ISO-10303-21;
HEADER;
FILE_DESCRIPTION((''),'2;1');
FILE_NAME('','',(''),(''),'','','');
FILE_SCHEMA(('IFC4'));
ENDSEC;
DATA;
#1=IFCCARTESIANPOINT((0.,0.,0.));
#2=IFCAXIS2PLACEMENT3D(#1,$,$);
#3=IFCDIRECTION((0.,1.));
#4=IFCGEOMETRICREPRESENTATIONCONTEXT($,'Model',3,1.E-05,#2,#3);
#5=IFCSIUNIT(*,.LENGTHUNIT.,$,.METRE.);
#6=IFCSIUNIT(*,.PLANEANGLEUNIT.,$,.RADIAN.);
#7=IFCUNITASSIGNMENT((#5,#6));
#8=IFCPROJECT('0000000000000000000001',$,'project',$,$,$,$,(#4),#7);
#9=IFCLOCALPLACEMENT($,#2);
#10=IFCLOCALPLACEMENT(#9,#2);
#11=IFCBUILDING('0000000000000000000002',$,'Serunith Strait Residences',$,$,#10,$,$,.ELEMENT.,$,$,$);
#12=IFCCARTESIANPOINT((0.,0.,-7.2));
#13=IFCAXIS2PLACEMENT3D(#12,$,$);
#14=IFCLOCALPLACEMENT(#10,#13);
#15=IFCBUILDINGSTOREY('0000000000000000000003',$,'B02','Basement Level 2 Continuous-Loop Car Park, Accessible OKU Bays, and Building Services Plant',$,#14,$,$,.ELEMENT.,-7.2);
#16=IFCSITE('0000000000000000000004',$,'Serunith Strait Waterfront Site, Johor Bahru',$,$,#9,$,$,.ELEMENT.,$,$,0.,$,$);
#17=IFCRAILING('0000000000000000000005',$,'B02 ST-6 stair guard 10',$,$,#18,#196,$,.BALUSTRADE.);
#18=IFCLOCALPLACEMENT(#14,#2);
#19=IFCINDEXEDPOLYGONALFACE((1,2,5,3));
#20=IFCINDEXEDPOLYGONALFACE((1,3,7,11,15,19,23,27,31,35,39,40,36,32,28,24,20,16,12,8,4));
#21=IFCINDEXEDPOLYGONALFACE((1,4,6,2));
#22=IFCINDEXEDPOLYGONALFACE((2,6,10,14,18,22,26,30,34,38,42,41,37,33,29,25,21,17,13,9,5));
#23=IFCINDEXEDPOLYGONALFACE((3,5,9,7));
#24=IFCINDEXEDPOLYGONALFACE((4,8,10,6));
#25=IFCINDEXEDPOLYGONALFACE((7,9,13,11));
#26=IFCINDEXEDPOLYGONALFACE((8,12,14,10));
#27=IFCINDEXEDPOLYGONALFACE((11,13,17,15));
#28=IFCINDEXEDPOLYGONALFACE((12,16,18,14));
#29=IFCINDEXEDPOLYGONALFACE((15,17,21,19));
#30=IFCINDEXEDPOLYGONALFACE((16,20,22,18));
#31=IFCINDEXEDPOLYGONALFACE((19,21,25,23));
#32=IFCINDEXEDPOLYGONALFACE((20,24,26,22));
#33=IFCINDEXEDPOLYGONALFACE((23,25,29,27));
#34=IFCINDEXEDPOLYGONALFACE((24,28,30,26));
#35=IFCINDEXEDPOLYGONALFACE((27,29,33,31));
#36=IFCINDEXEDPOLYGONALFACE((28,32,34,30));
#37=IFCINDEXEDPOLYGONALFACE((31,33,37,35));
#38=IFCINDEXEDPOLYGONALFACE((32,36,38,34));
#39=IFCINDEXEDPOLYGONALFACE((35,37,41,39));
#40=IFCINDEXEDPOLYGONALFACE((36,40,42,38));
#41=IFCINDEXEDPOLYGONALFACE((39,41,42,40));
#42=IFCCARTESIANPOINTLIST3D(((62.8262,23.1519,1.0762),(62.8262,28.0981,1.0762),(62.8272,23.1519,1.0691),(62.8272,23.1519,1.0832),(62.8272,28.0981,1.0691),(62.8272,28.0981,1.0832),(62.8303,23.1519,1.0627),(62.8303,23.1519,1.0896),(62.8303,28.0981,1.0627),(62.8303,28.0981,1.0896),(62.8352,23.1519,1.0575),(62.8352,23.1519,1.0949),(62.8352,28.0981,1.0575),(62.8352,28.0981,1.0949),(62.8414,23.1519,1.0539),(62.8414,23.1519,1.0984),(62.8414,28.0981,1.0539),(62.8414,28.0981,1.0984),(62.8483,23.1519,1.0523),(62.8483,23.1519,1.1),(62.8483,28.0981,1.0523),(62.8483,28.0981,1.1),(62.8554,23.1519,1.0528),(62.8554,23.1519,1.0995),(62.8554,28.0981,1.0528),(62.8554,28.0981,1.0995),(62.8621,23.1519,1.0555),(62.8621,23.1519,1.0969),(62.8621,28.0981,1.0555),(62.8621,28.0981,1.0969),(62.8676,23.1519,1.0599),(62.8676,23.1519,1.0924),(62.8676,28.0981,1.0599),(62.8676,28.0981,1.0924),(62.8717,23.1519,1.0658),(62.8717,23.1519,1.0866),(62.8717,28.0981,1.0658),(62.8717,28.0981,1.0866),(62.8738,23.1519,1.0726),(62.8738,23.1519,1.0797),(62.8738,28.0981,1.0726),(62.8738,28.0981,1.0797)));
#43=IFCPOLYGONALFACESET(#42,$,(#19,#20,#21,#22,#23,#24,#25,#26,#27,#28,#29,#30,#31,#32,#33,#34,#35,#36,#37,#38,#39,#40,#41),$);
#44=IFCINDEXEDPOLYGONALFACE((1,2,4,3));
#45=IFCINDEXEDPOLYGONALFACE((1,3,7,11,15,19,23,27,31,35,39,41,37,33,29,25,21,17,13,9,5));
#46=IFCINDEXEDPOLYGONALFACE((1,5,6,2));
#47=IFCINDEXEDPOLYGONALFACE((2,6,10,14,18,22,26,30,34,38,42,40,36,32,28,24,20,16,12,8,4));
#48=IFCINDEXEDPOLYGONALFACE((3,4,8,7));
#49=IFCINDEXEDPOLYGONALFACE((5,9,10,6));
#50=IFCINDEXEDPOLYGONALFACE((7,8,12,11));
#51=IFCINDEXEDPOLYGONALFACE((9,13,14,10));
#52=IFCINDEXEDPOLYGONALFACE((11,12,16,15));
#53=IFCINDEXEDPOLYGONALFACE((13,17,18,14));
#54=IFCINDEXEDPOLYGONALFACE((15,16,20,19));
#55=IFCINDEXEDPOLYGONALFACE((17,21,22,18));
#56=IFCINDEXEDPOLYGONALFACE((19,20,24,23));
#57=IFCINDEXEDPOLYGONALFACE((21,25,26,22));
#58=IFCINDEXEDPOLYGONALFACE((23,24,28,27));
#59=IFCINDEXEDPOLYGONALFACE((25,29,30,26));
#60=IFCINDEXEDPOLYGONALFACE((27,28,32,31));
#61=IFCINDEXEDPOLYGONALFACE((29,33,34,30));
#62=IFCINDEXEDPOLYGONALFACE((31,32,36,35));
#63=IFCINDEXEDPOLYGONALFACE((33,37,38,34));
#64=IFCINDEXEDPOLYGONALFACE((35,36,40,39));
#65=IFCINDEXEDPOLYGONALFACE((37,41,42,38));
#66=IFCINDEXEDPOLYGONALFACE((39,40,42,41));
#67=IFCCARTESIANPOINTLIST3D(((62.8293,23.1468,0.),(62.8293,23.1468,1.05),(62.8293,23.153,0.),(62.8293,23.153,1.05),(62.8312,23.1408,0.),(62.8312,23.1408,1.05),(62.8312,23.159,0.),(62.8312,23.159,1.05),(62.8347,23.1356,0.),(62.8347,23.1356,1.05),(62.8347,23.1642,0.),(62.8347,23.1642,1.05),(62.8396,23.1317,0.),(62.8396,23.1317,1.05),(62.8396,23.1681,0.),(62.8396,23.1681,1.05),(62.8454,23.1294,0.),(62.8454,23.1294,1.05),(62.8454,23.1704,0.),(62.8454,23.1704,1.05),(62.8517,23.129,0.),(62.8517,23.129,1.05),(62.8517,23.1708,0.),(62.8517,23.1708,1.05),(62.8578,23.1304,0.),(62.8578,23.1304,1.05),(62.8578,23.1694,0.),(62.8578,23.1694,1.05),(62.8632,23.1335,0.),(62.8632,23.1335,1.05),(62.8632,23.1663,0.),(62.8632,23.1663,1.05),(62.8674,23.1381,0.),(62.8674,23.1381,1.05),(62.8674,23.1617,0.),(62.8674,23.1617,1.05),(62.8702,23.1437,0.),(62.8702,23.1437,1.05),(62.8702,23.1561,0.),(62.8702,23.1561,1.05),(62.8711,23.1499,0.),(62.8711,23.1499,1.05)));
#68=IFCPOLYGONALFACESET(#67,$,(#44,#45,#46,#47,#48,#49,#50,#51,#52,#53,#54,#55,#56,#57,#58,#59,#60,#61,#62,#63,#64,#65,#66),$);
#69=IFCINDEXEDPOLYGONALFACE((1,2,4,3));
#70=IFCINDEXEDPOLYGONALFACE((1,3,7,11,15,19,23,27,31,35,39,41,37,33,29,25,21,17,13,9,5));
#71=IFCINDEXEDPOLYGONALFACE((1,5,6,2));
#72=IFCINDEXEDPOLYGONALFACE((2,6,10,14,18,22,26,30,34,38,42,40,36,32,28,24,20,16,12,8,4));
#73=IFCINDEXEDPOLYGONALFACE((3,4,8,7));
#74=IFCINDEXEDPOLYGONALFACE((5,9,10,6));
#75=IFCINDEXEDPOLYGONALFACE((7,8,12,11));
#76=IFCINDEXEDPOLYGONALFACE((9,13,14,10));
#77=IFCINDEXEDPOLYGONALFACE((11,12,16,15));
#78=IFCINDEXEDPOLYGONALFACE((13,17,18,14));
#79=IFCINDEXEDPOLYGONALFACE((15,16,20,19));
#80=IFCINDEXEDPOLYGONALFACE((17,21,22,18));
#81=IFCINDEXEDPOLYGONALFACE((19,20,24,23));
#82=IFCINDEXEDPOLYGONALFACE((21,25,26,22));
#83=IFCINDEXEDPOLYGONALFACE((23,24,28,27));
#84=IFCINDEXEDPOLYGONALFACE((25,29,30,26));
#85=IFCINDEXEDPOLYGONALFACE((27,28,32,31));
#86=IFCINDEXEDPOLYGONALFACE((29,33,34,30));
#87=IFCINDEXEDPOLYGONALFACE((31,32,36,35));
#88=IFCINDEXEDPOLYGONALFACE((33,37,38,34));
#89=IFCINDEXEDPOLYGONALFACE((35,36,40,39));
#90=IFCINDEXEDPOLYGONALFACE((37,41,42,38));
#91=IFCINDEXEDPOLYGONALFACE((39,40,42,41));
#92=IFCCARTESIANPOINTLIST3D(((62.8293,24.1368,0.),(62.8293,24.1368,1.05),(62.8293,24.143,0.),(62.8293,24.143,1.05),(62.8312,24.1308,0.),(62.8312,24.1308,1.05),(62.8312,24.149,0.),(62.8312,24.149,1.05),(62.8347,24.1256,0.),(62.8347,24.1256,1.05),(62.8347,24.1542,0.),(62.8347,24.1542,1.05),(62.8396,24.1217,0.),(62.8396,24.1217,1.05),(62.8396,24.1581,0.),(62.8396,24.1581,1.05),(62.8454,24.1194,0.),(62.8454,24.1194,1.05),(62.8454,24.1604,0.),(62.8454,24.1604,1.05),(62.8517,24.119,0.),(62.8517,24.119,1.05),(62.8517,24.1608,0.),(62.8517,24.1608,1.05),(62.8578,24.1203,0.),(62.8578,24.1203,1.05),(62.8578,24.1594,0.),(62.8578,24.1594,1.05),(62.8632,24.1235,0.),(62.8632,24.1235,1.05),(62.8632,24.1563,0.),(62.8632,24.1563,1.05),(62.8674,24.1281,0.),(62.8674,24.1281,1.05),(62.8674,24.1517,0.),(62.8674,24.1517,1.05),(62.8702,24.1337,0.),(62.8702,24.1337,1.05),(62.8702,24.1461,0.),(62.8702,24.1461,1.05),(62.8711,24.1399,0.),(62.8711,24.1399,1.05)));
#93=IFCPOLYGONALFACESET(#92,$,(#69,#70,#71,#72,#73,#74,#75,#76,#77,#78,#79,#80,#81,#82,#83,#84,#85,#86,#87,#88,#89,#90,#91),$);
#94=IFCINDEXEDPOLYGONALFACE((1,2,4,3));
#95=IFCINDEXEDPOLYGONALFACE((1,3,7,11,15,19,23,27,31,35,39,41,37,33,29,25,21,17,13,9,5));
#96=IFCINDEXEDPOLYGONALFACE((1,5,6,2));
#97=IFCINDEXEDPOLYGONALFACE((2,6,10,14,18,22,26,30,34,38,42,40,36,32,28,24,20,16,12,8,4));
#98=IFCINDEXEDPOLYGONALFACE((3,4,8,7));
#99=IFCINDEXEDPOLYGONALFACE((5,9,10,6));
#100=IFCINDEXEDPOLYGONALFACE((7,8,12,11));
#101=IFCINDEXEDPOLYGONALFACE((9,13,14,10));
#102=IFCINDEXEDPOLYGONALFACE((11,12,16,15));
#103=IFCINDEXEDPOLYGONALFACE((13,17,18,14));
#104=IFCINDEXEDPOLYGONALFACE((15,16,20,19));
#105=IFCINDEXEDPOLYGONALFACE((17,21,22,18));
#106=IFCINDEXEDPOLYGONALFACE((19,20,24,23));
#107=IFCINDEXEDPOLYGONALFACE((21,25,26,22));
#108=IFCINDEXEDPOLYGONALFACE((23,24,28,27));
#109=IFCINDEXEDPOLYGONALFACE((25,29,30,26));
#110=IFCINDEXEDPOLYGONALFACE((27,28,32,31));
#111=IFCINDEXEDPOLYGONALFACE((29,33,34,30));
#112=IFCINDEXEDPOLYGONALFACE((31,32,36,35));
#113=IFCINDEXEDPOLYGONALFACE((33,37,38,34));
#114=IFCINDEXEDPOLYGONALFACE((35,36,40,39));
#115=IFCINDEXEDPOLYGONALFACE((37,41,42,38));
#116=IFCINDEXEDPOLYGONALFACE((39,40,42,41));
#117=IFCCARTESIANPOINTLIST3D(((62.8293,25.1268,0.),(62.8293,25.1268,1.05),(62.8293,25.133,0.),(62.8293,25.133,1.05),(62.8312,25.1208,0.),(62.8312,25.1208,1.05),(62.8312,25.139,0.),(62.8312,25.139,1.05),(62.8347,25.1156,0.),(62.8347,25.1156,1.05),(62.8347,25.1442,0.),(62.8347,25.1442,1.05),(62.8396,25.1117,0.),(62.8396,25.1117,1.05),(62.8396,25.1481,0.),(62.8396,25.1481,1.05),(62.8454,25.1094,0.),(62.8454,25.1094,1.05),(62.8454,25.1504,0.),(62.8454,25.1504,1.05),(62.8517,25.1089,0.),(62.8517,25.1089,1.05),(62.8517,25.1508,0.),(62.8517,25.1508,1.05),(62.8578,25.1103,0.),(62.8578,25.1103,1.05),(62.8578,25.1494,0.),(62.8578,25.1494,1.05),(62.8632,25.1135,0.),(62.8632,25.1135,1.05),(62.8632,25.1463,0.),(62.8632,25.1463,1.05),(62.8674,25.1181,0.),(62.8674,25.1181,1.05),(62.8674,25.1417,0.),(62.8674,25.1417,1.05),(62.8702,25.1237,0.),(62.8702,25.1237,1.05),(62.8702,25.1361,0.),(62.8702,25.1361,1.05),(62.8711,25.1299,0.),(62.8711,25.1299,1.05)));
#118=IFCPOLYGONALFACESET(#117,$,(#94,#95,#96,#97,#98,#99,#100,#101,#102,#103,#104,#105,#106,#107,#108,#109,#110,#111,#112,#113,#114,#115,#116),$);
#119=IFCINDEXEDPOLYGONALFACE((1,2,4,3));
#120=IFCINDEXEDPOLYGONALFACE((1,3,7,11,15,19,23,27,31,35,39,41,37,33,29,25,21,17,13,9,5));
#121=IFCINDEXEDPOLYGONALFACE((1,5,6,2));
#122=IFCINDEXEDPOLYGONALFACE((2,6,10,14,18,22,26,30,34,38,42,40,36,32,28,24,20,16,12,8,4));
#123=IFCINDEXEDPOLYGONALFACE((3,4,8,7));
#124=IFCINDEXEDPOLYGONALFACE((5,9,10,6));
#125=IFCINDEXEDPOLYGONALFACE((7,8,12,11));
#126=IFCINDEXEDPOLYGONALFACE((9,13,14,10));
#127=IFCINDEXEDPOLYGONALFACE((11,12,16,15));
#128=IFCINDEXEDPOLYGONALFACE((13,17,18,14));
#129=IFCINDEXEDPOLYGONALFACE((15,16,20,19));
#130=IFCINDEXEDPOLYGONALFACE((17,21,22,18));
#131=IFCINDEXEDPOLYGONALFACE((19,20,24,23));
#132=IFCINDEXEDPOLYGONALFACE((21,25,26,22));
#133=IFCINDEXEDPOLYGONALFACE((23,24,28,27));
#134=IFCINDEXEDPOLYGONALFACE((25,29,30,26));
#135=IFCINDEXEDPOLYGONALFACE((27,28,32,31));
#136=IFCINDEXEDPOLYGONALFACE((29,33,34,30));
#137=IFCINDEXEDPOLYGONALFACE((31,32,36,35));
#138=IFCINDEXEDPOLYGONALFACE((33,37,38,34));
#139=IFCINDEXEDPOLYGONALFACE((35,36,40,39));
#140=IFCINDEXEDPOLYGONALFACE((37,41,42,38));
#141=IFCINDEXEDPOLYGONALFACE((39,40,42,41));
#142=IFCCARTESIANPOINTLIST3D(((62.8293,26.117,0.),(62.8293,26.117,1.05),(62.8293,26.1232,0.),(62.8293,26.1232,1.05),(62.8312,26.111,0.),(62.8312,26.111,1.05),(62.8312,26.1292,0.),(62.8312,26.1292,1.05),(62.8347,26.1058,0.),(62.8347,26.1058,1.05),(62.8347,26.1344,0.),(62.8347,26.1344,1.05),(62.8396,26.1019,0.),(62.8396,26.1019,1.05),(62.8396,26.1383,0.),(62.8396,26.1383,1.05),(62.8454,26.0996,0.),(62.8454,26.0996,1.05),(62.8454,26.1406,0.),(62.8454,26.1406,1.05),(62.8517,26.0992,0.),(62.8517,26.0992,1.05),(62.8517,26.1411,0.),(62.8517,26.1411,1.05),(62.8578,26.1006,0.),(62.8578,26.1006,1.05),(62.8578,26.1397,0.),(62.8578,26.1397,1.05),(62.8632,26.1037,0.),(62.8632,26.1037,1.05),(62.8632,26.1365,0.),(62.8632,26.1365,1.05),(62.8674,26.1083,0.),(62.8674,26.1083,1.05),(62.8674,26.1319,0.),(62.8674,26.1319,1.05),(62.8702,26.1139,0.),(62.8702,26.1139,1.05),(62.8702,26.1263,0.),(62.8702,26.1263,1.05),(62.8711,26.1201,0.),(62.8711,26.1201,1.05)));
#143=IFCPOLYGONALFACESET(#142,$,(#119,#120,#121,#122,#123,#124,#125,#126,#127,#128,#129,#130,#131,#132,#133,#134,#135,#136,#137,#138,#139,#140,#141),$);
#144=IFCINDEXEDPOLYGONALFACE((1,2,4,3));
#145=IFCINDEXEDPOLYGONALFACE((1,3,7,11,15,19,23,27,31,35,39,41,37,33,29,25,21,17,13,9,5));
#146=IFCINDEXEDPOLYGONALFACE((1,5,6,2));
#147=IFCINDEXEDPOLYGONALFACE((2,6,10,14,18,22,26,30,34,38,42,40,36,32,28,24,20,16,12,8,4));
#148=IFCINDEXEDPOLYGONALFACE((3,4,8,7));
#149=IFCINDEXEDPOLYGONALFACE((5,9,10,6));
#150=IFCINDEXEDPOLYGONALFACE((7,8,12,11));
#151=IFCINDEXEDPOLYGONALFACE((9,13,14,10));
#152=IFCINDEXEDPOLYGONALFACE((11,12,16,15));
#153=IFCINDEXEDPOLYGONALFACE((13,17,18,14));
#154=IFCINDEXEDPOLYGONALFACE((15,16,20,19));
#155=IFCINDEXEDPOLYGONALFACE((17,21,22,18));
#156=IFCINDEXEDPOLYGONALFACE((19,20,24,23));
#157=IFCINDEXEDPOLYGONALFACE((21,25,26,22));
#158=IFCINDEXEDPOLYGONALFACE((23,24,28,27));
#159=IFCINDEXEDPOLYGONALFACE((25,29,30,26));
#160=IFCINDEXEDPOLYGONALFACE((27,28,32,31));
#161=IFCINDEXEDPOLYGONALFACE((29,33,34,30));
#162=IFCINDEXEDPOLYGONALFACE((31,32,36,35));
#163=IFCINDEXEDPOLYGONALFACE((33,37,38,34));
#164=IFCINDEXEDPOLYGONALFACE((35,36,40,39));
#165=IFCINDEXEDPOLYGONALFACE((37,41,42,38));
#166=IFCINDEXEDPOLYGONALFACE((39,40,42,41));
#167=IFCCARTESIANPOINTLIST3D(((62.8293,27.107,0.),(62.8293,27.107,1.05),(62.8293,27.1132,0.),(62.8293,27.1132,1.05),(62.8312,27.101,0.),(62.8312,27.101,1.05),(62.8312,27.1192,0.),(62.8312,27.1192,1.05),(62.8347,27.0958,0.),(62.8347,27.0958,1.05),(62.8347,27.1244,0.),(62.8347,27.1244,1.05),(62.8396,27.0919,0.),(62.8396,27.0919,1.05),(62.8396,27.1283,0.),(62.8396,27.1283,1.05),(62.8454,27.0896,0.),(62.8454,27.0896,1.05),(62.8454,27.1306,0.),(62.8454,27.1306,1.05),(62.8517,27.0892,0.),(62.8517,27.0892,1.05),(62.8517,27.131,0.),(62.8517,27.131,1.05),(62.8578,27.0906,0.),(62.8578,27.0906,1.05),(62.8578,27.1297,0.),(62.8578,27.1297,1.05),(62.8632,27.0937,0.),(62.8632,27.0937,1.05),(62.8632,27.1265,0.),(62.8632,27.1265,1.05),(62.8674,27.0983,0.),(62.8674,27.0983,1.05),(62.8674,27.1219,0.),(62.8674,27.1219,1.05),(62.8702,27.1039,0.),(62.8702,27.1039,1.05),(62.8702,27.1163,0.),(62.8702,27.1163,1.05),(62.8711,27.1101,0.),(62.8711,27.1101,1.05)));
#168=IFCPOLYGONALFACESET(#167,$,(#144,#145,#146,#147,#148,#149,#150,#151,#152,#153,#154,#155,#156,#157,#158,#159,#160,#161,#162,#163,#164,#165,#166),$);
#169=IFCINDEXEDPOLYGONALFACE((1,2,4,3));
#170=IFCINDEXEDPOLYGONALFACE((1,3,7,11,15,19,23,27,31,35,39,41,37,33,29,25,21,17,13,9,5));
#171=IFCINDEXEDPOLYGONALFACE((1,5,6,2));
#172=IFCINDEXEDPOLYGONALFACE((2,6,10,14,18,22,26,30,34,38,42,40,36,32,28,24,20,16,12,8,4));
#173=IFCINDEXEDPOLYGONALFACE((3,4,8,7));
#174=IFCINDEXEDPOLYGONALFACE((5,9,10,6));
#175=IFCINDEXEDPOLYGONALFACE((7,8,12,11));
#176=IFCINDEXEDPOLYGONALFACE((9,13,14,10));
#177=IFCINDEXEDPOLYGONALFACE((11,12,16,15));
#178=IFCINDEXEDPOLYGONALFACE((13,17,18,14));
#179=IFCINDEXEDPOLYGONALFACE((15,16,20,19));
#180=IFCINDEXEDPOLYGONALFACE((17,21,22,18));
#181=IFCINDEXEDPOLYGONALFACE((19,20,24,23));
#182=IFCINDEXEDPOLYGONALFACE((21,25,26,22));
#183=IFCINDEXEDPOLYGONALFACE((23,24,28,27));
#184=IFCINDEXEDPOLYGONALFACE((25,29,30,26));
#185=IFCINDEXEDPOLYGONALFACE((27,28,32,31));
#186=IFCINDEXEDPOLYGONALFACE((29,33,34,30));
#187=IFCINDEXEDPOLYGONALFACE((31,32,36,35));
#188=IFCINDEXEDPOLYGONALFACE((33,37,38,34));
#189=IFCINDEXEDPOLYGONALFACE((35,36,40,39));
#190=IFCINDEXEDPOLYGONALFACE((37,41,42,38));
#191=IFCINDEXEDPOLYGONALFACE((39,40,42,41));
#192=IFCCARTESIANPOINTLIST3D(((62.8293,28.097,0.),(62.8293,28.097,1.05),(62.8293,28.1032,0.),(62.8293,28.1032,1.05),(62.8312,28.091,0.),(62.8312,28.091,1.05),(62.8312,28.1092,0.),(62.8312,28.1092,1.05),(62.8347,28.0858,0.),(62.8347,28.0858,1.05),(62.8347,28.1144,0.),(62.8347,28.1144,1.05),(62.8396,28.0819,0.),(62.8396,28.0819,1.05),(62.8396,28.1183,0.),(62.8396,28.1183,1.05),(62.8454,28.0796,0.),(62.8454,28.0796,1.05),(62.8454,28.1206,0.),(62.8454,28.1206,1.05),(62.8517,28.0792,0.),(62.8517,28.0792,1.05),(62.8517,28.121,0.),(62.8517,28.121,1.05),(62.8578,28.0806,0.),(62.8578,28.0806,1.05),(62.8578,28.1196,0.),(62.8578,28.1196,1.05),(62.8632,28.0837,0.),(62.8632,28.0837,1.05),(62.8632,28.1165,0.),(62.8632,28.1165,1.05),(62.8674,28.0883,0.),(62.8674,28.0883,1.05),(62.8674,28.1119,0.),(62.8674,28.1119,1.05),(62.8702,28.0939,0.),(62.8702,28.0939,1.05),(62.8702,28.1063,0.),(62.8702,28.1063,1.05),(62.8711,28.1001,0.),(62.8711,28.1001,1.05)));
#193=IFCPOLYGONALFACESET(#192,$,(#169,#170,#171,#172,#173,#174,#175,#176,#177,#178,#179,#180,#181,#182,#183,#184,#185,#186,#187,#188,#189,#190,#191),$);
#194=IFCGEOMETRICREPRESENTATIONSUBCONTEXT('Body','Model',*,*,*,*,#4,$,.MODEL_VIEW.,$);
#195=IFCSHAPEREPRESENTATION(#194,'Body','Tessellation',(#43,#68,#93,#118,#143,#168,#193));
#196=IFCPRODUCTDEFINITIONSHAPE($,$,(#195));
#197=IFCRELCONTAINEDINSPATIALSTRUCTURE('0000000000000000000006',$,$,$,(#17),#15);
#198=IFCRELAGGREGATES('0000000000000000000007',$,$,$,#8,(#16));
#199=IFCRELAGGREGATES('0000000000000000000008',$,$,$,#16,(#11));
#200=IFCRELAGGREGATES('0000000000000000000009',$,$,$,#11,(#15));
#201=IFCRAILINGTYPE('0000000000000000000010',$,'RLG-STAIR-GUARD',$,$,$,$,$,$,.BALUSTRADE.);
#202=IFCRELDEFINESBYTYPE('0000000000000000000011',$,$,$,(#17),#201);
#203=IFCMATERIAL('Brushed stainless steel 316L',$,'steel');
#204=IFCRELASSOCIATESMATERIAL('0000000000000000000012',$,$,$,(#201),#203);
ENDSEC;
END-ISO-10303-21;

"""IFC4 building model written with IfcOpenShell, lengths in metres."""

from ifc_helpers import new_model, si_unit, direction, frame, origin, origin_2d, place, context, subcontext, project, spatial, circle, extrude, material, type_object, element, save


model = new_model("IFC4")

# Units and contexts
model_context = context("Model", 3, precision=1e-05, world=origin(), true_north=direction((0.0, 1.0)))
body_context = subcontext(model_context, "Body", "Model", "MODEL_VIEW")
ifc_project = project(units=[si_unit("LENGTHUNIT", "METRE"), si_unit("PLANEANGLEUNIT", "RADIAN")], contexts=[model_context])

# Site, building, storey
site_placement = place(None, origin())
site = spatial("IfcSite", under=ifc_project, at=site_placement, Name="Serunith Strait Waterfront Site, Johor Bahru", CompositionType="ELEMENT", RefElevation=0.0)
building_placement = place(site_placement, origin())
building = spatial("IfcBuilding", under=site, at=building_placement, Name="Serunith Strait Residences", CompositionType="ELEMENT")
storey_placement = place(building_placement, frame((0.0, 0.0, -7.2)))
storey = spatial("IfcBuildingStorey", under=building, at=storey_placement, Name="B02", Description="Basement Level 2 Continuous-Loop Car Park, Accessible OKU Bays, and Building Services Plant", CompositionType="ELEMENT", Elevation=-7.2)

# Railing
ifc_material_1 = material(Name="Brushed stainless steel 316L", Category="steel")
railing_type_1 = type_object("IfcRailingType", Name="RLG-STAIR-GUARD", PredefinedType="BALUSTRADE", material=ifc_material_1)
for number, where, name in (
    (1, (62.8501, 23.1499, 0.0), "B02 ST-6 stair guard 10"),
):
    element("IfcRailing", number, at=place(storey_placement, frame(where)), inside=storey, type_object=railing_type_1, Name=name, PredefinedType="BALUSTRADE", context=body_context, shape_type="SweptSolid", body=[
        extrude(circle(Radius=0.0239, at=origin_2d()), frame((0.0, 0.002, 1.0762), z_axis=(0.0, 1.0, 0.0), x_axis=(-1.0, 0.0, 0.0)), (0.0, 0.0, 1.0), 4.9463),
        extrude(circle(Radius=0.021, at=origin_2d()), origin(), (0.0, 0.0, 1.0), 1.05),
        extrude(circle(Radius=0.021, at=origin_2d()), frame((0.0, 0.99, 0.0)), (0.0, 0.0, 1.0), 1.05),
        extrude(circle(Radius=0.021, at=origin_2d()), frame((0.0, 1.98, 0.0)), (0.0, 0.0, 1.0), 1.05),
        extrude(circle(Radius=0.021, at=origin_2d()), frame((0.0, 2.9702, 0.0)), (0.0, 0.0, 1.0), 1.05),
        extrude(circle(Radius=0.021, at=origin_2d()), frame((0.0, 3.9602, 0.0)), (0.0, 0.0, 1.0), 1.05),
        extrude(circle(Radius=0.021, at=origin_2d()), frame((0.0, 4.9502, 0.0)), (0.0, 0.0, 1.0), 1.05),
    ])

save(model, "model.ifc")
